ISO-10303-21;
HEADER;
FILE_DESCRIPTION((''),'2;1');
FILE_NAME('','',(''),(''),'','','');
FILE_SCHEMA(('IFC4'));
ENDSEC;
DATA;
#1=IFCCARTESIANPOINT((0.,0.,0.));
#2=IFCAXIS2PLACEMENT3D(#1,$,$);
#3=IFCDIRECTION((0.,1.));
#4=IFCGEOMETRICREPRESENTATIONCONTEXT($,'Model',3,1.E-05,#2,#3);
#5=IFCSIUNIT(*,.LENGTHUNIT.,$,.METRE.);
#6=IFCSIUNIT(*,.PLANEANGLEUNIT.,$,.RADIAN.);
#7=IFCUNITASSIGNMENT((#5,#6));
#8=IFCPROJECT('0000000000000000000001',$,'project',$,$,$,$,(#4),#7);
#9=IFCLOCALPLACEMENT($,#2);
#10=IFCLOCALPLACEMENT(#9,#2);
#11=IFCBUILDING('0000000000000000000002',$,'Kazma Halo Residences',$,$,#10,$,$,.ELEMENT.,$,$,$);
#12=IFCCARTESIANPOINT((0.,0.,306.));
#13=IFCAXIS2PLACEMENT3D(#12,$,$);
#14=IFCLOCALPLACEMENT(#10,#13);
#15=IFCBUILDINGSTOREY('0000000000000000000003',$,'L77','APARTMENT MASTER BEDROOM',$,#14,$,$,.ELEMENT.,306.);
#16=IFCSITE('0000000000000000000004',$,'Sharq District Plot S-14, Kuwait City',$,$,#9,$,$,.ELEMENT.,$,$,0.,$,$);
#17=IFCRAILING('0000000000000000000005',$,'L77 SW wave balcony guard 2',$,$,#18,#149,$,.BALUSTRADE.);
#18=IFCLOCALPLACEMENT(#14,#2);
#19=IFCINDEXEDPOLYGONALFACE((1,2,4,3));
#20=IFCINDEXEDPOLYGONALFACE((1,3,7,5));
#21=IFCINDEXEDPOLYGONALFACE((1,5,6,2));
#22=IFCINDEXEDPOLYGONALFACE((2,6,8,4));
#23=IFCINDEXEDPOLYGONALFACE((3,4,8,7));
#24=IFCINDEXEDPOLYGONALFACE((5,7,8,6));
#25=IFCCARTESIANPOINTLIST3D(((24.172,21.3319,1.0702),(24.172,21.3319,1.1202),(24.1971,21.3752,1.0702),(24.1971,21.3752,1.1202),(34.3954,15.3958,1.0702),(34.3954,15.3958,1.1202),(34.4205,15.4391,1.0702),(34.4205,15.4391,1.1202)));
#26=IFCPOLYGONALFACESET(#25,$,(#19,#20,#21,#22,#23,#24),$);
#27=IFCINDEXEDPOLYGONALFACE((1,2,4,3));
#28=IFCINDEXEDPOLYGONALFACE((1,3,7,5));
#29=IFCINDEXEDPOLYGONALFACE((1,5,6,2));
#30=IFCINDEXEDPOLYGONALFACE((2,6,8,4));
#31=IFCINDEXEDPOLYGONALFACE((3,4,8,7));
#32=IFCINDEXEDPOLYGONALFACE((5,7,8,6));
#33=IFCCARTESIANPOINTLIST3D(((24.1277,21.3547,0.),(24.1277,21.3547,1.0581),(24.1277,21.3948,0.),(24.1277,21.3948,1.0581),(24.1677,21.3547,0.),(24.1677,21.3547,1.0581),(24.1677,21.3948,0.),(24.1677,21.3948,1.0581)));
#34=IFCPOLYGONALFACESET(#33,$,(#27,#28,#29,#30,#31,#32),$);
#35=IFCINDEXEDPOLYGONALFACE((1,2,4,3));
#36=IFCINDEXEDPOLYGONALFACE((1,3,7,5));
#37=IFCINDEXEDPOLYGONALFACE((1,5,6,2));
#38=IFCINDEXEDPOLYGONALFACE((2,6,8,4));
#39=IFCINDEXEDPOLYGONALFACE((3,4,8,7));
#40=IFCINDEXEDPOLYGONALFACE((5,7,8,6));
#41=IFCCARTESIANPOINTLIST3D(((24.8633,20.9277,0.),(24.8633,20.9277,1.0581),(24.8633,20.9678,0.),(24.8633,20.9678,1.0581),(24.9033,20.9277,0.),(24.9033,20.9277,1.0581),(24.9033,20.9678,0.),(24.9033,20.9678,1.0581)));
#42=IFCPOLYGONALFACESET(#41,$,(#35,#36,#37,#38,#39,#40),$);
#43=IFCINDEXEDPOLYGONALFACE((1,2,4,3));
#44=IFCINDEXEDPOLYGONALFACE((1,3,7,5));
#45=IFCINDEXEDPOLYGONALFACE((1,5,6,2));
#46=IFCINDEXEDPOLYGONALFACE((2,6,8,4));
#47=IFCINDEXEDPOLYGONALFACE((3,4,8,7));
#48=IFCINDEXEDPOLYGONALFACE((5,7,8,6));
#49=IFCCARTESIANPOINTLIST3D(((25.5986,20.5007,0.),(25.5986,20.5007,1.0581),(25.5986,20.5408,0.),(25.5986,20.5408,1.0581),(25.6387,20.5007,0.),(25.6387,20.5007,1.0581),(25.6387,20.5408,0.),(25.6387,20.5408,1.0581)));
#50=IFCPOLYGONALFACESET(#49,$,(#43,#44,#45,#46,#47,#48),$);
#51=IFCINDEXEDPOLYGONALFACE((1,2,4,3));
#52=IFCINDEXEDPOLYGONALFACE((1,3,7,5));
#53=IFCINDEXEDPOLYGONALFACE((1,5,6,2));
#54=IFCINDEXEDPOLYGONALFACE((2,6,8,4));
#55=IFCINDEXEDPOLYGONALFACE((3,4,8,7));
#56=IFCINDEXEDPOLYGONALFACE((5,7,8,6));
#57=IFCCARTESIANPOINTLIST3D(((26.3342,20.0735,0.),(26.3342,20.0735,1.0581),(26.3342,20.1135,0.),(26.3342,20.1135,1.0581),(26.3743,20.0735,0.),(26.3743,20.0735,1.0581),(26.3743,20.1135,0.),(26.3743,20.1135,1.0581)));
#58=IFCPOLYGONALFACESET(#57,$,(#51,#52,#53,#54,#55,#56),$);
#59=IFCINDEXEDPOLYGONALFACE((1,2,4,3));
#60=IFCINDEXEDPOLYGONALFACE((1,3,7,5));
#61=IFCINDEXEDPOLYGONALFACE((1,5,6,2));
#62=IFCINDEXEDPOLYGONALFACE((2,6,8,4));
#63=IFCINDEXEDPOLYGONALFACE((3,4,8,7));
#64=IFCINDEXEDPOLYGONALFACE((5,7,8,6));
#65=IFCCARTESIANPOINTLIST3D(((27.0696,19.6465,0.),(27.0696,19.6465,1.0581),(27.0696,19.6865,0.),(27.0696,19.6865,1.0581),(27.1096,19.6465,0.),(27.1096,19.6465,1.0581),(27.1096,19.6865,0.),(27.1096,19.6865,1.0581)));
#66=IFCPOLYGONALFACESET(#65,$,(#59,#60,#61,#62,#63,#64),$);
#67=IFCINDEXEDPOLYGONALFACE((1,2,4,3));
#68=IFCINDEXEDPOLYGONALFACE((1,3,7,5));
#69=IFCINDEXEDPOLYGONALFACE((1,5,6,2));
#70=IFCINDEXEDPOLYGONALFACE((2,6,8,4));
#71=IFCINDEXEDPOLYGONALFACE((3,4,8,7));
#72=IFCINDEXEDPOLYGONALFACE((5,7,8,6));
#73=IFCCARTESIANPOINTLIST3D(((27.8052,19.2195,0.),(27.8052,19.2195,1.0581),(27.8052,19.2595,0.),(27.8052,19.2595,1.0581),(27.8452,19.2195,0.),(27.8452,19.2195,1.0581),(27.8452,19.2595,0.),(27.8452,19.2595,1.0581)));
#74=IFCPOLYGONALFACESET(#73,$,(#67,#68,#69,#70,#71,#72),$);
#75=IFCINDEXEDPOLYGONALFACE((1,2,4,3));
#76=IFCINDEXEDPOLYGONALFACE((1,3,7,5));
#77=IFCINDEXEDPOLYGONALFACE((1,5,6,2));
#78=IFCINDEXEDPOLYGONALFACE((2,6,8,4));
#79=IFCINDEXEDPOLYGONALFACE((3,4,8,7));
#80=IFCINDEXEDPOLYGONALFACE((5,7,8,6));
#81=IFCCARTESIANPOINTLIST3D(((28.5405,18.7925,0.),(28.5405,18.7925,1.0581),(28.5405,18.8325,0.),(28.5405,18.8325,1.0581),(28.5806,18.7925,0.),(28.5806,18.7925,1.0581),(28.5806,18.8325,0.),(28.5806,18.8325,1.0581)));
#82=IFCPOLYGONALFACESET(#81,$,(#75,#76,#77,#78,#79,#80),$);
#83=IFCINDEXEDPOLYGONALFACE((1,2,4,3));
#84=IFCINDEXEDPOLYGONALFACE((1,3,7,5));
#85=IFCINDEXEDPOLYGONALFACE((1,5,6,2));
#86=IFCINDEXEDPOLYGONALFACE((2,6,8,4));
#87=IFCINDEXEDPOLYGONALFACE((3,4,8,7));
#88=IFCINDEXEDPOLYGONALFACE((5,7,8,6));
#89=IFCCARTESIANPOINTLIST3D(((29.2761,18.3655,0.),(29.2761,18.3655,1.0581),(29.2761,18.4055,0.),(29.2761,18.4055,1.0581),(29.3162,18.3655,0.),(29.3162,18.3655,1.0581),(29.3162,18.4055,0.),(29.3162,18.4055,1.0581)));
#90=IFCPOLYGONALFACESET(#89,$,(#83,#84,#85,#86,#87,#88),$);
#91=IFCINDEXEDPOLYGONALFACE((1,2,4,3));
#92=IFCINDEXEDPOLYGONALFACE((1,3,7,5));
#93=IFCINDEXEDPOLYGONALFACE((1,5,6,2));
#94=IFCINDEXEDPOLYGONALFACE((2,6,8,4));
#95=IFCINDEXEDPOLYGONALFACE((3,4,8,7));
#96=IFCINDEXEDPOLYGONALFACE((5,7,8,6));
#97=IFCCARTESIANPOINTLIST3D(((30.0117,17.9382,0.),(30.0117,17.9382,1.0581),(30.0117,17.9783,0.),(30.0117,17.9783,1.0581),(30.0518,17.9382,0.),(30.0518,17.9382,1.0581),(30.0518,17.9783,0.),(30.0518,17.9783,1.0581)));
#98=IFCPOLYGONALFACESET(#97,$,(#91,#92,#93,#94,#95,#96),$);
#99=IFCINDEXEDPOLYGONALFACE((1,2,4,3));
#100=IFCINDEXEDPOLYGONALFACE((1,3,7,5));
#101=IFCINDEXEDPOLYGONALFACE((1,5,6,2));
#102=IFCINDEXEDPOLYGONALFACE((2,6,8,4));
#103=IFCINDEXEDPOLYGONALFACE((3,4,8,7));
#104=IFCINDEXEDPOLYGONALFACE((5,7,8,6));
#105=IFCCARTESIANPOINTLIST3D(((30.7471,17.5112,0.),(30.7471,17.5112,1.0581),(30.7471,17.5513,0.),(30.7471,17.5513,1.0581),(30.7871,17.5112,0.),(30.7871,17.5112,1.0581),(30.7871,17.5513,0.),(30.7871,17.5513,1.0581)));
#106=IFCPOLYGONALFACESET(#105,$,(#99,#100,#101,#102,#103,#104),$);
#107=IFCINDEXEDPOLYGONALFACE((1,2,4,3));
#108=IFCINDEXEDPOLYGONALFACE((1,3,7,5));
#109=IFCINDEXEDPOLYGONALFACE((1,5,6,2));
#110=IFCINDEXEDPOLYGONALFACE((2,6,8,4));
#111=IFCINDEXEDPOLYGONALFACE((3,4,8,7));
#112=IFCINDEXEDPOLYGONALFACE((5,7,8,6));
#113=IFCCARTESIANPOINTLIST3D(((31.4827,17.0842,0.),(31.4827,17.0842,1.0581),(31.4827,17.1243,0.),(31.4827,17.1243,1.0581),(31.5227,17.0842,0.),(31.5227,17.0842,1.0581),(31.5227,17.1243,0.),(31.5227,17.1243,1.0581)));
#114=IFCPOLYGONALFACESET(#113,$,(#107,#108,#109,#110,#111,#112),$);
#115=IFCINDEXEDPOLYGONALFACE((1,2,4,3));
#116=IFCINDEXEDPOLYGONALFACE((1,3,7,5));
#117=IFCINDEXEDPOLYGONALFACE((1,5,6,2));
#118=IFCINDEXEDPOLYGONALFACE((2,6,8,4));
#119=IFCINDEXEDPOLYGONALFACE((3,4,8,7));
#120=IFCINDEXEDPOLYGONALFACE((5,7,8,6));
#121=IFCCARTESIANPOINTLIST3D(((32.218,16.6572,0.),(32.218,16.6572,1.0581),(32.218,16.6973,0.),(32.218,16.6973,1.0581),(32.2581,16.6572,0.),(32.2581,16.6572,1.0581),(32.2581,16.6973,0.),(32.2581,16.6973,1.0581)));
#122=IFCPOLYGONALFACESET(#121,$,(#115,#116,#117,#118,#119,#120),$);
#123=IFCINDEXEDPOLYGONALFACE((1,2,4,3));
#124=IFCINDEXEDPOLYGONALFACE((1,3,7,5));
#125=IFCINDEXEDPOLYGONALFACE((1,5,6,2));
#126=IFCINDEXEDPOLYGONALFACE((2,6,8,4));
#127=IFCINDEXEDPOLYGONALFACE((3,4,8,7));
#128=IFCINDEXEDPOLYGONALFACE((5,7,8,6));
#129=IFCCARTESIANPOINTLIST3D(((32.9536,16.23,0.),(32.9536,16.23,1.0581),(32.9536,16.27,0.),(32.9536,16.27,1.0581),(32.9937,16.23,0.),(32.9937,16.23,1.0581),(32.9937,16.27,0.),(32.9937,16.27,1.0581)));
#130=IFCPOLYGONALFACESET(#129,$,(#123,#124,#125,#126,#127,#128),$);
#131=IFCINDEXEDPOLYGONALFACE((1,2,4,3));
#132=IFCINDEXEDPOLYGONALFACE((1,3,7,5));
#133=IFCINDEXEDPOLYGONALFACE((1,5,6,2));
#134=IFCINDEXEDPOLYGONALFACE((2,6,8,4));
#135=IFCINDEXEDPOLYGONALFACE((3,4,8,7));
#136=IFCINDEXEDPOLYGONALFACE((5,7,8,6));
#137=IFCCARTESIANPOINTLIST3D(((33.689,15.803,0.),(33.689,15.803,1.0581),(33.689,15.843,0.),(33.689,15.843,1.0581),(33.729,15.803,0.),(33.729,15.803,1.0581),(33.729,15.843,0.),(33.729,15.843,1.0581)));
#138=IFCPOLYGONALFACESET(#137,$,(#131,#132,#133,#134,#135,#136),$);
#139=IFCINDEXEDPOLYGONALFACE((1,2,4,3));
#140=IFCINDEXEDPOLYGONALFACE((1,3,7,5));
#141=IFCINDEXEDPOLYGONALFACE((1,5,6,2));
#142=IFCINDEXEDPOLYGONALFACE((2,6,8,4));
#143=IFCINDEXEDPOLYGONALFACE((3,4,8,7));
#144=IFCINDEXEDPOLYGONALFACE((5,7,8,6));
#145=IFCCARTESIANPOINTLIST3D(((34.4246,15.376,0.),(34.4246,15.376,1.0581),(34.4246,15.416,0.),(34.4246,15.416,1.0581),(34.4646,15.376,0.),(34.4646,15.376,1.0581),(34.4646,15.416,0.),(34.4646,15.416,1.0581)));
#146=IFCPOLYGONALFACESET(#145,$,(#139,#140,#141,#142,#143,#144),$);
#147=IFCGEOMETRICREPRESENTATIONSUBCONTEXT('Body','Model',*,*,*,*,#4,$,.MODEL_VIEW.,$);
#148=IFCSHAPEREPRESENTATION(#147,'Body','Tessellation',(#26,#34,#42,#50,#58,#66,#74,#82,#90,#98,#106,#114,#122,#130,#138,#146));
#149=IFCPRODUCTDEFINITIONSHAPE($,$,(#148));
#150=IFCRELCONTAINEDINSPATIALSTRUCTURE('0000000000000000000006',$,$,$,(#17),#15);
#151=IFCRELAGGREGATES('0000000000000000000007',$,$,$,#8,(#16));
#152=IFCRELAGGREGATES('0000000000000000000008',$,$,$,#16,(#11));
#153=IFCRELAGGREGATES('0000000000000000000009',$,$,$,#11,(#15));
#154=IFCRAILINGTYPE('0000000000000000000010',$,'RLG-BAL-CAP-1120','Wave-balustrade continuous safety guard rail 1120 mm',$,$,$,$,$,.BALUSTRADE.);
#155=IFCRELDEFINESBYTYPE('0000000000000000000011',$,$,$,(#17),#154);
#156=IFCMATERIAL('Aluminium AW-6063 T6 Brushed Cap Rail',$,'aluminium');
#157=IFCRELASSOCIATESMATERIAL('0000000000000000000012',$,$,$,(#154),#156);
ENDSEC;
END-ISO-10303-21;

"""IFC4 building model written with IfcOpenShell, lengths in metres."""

from ifc_helpers import new_model, si_unit, direction, frame, origin, origin_2d, place, context, subcontext, project, spatial, rectangle, extrude, material, type_object, element, save


model = new_model("IFC4")

# Units and contexts
model_context = context("Model", 3, precision=1e-05, world=origin(), true_north=direction((0.0, 1.0)))
body_context = subcontext(model_context, "Body", "Model", "MODEL_VIEW")
ifc_project = project(units=[si_unit("LENGTHUNIT", "METRE"), si_unit("PLANEANGLEUNIT", "RADIAN")], contexts=[model_context])

# Site, building, storey
site_placement = place(None, origin())
site = spatial("IfcSite", under=ifc_project, at=site_placement, Name="Sharq District Plot S-14, Kuwait City", CompositionType="ELEMENT", RefElevation=0.0)
building_placement = place(site_placement, origin())
building = spatial("IfcBuilding", under=site, at=building_placement, Name="Kazma Halo Residences", CompositionType="ELEMENT")
storey_placement = place(building_placement, frame((0.0, 0.0, 306.0)))
storey = spatial("IfcBuildingStorey", under=building, at=storey_placement, Name="L77", Description="APARTMENT MASTER BEDROOM", CompositionType="ELEMENT", Elevation=306.0)

# Railing
ifc_material_1 = material(Name="Aluminium AW-6063 T6 Brushed Cap Rail", Category="aluminium")
railing_type = type_object("IfcRailingType", Name="RLG-BAL-CAP-1120", Description="Wave-balustrade continuous safety guard rail 1120 mm", PredefinedType="BALUSTRADE", material=ifc_material_1)
railing_1_placement = place(storey_placement, frame((24.1477, 21.3748, 0.0)))
element("IfcRailing", 1, at=railing_1_placement, inside=storey, type_object=railing_type, Name="L77 SW wave balcony guard 2", PredefinedType="BALUSTRADE", context=body_context, shape_type="SweptSolid", body=[
    extrude(rectangle(XDim=0.05, YDim=0.05, at=origin_2d()), frame((0.0369, -0.0212, 1.0952), z_axis=(0.864792, -0.502131, 0.0), x_axis=(0.502131, 0.864792, 0.0)), (0.0, 0.0, 1.0), 11.8218),
    extrude(rectangle(XDim=0.04, YDim=0.04, at=origin_2d()), origin(), (0.0, 0.0, 1.0), 1.0581),
    extrude(rectangle(XDim=0.04, YDim=0.04, at=origin_2d()), frame((0.7356, -0.427, 0.0)), (0.0, 0.0, 1.0), 1.0581),
    extrude(rectangle(XDim=0.04, YDim=0.04, at=origin_2d()), frame((1.4709, -0.854, 0.0)), (0.0, 0.0, 1.0), 1.0581),
    extrude(rectangle(XDim=0.04, YDim=0.04, at=origin_2d()), frame((2.2065, -1.2812, 0.0)), (0.0, 0.0, 1.0), 1.0581),
    extrude(rectangle(XDim=0.04, YDim=0.04, at=origin_2d()), frame((2.9419, -1.7083, 0.0)), (0.0, 0.0, 1.0), 1.0581),
    extrude(rectangle(XDim=0.04, YDim=0.04, at=origin_2d()), frame((3.6775, -2.1353, 0.0)), (0.0, 0.0, 1.0), 1.0581),
    extrude(rectangle(XDim=0.04, YDim=0.04, at=origin_2d()), frame((4.4128, -2.5623, 0.0)), (0.0, 0.0, 1.0), 1.0581),
    extrude(rectangle(XDim=0.04, YDim=0.04, at=origin_2d()), frame((5.1484, -2.9893, 0.0)), (0.0, 0.0, 1.0), 1.0581),
    extrude(rectangle(XDim=0.04, YDim=0.04, at=origin_2d()), frame((5.884, -3.4165, 0.0)), (0.0, 0.0, 1.0), 1.0581),
    extrude(rectangle(XDim=0.04, YDim=0.04, at=origin_2d()), frame((6.6194, -3.8435, 0.0)), (0.0, 0.0, 1.0), 1.0581),
    extrude(rectangle(XDim=0.04, YDim=0.04, at=origin_2d()), frame((7.355, -4.2705, 0.0)), (0.0, 0.0, 1.0), 1.0581),
    extrude(rectangle(XDim=0.04, YDim=0.04, at=origin_2d()), frame((8.0903, -4.6975, 0.0)), (0.0, 0.0, 1.0), 1.0581),
    extrude(rectangle(XDim=0.04, YDim=0.04, at=origin_2d()), frame((8.8259, -5.1248, 0.0)), (0.0, 0.0, 1.0), 1.0581),
    extrude(rectangle(XDim=0.04, YDim=0.04, at=origin_2d()), frame((9.5613, -5.5518, 0.0)), (0.0, 0.0, 1.0), 1.0581),
    extrude(rectangle(XDim=0.04, YDim=0.04, at=origin_2d()), frame((10.2969, -5.9788, 0.0)), (0.0, 0.0, 1.0), 1.0581),
])

save(model, "model.ifc")
